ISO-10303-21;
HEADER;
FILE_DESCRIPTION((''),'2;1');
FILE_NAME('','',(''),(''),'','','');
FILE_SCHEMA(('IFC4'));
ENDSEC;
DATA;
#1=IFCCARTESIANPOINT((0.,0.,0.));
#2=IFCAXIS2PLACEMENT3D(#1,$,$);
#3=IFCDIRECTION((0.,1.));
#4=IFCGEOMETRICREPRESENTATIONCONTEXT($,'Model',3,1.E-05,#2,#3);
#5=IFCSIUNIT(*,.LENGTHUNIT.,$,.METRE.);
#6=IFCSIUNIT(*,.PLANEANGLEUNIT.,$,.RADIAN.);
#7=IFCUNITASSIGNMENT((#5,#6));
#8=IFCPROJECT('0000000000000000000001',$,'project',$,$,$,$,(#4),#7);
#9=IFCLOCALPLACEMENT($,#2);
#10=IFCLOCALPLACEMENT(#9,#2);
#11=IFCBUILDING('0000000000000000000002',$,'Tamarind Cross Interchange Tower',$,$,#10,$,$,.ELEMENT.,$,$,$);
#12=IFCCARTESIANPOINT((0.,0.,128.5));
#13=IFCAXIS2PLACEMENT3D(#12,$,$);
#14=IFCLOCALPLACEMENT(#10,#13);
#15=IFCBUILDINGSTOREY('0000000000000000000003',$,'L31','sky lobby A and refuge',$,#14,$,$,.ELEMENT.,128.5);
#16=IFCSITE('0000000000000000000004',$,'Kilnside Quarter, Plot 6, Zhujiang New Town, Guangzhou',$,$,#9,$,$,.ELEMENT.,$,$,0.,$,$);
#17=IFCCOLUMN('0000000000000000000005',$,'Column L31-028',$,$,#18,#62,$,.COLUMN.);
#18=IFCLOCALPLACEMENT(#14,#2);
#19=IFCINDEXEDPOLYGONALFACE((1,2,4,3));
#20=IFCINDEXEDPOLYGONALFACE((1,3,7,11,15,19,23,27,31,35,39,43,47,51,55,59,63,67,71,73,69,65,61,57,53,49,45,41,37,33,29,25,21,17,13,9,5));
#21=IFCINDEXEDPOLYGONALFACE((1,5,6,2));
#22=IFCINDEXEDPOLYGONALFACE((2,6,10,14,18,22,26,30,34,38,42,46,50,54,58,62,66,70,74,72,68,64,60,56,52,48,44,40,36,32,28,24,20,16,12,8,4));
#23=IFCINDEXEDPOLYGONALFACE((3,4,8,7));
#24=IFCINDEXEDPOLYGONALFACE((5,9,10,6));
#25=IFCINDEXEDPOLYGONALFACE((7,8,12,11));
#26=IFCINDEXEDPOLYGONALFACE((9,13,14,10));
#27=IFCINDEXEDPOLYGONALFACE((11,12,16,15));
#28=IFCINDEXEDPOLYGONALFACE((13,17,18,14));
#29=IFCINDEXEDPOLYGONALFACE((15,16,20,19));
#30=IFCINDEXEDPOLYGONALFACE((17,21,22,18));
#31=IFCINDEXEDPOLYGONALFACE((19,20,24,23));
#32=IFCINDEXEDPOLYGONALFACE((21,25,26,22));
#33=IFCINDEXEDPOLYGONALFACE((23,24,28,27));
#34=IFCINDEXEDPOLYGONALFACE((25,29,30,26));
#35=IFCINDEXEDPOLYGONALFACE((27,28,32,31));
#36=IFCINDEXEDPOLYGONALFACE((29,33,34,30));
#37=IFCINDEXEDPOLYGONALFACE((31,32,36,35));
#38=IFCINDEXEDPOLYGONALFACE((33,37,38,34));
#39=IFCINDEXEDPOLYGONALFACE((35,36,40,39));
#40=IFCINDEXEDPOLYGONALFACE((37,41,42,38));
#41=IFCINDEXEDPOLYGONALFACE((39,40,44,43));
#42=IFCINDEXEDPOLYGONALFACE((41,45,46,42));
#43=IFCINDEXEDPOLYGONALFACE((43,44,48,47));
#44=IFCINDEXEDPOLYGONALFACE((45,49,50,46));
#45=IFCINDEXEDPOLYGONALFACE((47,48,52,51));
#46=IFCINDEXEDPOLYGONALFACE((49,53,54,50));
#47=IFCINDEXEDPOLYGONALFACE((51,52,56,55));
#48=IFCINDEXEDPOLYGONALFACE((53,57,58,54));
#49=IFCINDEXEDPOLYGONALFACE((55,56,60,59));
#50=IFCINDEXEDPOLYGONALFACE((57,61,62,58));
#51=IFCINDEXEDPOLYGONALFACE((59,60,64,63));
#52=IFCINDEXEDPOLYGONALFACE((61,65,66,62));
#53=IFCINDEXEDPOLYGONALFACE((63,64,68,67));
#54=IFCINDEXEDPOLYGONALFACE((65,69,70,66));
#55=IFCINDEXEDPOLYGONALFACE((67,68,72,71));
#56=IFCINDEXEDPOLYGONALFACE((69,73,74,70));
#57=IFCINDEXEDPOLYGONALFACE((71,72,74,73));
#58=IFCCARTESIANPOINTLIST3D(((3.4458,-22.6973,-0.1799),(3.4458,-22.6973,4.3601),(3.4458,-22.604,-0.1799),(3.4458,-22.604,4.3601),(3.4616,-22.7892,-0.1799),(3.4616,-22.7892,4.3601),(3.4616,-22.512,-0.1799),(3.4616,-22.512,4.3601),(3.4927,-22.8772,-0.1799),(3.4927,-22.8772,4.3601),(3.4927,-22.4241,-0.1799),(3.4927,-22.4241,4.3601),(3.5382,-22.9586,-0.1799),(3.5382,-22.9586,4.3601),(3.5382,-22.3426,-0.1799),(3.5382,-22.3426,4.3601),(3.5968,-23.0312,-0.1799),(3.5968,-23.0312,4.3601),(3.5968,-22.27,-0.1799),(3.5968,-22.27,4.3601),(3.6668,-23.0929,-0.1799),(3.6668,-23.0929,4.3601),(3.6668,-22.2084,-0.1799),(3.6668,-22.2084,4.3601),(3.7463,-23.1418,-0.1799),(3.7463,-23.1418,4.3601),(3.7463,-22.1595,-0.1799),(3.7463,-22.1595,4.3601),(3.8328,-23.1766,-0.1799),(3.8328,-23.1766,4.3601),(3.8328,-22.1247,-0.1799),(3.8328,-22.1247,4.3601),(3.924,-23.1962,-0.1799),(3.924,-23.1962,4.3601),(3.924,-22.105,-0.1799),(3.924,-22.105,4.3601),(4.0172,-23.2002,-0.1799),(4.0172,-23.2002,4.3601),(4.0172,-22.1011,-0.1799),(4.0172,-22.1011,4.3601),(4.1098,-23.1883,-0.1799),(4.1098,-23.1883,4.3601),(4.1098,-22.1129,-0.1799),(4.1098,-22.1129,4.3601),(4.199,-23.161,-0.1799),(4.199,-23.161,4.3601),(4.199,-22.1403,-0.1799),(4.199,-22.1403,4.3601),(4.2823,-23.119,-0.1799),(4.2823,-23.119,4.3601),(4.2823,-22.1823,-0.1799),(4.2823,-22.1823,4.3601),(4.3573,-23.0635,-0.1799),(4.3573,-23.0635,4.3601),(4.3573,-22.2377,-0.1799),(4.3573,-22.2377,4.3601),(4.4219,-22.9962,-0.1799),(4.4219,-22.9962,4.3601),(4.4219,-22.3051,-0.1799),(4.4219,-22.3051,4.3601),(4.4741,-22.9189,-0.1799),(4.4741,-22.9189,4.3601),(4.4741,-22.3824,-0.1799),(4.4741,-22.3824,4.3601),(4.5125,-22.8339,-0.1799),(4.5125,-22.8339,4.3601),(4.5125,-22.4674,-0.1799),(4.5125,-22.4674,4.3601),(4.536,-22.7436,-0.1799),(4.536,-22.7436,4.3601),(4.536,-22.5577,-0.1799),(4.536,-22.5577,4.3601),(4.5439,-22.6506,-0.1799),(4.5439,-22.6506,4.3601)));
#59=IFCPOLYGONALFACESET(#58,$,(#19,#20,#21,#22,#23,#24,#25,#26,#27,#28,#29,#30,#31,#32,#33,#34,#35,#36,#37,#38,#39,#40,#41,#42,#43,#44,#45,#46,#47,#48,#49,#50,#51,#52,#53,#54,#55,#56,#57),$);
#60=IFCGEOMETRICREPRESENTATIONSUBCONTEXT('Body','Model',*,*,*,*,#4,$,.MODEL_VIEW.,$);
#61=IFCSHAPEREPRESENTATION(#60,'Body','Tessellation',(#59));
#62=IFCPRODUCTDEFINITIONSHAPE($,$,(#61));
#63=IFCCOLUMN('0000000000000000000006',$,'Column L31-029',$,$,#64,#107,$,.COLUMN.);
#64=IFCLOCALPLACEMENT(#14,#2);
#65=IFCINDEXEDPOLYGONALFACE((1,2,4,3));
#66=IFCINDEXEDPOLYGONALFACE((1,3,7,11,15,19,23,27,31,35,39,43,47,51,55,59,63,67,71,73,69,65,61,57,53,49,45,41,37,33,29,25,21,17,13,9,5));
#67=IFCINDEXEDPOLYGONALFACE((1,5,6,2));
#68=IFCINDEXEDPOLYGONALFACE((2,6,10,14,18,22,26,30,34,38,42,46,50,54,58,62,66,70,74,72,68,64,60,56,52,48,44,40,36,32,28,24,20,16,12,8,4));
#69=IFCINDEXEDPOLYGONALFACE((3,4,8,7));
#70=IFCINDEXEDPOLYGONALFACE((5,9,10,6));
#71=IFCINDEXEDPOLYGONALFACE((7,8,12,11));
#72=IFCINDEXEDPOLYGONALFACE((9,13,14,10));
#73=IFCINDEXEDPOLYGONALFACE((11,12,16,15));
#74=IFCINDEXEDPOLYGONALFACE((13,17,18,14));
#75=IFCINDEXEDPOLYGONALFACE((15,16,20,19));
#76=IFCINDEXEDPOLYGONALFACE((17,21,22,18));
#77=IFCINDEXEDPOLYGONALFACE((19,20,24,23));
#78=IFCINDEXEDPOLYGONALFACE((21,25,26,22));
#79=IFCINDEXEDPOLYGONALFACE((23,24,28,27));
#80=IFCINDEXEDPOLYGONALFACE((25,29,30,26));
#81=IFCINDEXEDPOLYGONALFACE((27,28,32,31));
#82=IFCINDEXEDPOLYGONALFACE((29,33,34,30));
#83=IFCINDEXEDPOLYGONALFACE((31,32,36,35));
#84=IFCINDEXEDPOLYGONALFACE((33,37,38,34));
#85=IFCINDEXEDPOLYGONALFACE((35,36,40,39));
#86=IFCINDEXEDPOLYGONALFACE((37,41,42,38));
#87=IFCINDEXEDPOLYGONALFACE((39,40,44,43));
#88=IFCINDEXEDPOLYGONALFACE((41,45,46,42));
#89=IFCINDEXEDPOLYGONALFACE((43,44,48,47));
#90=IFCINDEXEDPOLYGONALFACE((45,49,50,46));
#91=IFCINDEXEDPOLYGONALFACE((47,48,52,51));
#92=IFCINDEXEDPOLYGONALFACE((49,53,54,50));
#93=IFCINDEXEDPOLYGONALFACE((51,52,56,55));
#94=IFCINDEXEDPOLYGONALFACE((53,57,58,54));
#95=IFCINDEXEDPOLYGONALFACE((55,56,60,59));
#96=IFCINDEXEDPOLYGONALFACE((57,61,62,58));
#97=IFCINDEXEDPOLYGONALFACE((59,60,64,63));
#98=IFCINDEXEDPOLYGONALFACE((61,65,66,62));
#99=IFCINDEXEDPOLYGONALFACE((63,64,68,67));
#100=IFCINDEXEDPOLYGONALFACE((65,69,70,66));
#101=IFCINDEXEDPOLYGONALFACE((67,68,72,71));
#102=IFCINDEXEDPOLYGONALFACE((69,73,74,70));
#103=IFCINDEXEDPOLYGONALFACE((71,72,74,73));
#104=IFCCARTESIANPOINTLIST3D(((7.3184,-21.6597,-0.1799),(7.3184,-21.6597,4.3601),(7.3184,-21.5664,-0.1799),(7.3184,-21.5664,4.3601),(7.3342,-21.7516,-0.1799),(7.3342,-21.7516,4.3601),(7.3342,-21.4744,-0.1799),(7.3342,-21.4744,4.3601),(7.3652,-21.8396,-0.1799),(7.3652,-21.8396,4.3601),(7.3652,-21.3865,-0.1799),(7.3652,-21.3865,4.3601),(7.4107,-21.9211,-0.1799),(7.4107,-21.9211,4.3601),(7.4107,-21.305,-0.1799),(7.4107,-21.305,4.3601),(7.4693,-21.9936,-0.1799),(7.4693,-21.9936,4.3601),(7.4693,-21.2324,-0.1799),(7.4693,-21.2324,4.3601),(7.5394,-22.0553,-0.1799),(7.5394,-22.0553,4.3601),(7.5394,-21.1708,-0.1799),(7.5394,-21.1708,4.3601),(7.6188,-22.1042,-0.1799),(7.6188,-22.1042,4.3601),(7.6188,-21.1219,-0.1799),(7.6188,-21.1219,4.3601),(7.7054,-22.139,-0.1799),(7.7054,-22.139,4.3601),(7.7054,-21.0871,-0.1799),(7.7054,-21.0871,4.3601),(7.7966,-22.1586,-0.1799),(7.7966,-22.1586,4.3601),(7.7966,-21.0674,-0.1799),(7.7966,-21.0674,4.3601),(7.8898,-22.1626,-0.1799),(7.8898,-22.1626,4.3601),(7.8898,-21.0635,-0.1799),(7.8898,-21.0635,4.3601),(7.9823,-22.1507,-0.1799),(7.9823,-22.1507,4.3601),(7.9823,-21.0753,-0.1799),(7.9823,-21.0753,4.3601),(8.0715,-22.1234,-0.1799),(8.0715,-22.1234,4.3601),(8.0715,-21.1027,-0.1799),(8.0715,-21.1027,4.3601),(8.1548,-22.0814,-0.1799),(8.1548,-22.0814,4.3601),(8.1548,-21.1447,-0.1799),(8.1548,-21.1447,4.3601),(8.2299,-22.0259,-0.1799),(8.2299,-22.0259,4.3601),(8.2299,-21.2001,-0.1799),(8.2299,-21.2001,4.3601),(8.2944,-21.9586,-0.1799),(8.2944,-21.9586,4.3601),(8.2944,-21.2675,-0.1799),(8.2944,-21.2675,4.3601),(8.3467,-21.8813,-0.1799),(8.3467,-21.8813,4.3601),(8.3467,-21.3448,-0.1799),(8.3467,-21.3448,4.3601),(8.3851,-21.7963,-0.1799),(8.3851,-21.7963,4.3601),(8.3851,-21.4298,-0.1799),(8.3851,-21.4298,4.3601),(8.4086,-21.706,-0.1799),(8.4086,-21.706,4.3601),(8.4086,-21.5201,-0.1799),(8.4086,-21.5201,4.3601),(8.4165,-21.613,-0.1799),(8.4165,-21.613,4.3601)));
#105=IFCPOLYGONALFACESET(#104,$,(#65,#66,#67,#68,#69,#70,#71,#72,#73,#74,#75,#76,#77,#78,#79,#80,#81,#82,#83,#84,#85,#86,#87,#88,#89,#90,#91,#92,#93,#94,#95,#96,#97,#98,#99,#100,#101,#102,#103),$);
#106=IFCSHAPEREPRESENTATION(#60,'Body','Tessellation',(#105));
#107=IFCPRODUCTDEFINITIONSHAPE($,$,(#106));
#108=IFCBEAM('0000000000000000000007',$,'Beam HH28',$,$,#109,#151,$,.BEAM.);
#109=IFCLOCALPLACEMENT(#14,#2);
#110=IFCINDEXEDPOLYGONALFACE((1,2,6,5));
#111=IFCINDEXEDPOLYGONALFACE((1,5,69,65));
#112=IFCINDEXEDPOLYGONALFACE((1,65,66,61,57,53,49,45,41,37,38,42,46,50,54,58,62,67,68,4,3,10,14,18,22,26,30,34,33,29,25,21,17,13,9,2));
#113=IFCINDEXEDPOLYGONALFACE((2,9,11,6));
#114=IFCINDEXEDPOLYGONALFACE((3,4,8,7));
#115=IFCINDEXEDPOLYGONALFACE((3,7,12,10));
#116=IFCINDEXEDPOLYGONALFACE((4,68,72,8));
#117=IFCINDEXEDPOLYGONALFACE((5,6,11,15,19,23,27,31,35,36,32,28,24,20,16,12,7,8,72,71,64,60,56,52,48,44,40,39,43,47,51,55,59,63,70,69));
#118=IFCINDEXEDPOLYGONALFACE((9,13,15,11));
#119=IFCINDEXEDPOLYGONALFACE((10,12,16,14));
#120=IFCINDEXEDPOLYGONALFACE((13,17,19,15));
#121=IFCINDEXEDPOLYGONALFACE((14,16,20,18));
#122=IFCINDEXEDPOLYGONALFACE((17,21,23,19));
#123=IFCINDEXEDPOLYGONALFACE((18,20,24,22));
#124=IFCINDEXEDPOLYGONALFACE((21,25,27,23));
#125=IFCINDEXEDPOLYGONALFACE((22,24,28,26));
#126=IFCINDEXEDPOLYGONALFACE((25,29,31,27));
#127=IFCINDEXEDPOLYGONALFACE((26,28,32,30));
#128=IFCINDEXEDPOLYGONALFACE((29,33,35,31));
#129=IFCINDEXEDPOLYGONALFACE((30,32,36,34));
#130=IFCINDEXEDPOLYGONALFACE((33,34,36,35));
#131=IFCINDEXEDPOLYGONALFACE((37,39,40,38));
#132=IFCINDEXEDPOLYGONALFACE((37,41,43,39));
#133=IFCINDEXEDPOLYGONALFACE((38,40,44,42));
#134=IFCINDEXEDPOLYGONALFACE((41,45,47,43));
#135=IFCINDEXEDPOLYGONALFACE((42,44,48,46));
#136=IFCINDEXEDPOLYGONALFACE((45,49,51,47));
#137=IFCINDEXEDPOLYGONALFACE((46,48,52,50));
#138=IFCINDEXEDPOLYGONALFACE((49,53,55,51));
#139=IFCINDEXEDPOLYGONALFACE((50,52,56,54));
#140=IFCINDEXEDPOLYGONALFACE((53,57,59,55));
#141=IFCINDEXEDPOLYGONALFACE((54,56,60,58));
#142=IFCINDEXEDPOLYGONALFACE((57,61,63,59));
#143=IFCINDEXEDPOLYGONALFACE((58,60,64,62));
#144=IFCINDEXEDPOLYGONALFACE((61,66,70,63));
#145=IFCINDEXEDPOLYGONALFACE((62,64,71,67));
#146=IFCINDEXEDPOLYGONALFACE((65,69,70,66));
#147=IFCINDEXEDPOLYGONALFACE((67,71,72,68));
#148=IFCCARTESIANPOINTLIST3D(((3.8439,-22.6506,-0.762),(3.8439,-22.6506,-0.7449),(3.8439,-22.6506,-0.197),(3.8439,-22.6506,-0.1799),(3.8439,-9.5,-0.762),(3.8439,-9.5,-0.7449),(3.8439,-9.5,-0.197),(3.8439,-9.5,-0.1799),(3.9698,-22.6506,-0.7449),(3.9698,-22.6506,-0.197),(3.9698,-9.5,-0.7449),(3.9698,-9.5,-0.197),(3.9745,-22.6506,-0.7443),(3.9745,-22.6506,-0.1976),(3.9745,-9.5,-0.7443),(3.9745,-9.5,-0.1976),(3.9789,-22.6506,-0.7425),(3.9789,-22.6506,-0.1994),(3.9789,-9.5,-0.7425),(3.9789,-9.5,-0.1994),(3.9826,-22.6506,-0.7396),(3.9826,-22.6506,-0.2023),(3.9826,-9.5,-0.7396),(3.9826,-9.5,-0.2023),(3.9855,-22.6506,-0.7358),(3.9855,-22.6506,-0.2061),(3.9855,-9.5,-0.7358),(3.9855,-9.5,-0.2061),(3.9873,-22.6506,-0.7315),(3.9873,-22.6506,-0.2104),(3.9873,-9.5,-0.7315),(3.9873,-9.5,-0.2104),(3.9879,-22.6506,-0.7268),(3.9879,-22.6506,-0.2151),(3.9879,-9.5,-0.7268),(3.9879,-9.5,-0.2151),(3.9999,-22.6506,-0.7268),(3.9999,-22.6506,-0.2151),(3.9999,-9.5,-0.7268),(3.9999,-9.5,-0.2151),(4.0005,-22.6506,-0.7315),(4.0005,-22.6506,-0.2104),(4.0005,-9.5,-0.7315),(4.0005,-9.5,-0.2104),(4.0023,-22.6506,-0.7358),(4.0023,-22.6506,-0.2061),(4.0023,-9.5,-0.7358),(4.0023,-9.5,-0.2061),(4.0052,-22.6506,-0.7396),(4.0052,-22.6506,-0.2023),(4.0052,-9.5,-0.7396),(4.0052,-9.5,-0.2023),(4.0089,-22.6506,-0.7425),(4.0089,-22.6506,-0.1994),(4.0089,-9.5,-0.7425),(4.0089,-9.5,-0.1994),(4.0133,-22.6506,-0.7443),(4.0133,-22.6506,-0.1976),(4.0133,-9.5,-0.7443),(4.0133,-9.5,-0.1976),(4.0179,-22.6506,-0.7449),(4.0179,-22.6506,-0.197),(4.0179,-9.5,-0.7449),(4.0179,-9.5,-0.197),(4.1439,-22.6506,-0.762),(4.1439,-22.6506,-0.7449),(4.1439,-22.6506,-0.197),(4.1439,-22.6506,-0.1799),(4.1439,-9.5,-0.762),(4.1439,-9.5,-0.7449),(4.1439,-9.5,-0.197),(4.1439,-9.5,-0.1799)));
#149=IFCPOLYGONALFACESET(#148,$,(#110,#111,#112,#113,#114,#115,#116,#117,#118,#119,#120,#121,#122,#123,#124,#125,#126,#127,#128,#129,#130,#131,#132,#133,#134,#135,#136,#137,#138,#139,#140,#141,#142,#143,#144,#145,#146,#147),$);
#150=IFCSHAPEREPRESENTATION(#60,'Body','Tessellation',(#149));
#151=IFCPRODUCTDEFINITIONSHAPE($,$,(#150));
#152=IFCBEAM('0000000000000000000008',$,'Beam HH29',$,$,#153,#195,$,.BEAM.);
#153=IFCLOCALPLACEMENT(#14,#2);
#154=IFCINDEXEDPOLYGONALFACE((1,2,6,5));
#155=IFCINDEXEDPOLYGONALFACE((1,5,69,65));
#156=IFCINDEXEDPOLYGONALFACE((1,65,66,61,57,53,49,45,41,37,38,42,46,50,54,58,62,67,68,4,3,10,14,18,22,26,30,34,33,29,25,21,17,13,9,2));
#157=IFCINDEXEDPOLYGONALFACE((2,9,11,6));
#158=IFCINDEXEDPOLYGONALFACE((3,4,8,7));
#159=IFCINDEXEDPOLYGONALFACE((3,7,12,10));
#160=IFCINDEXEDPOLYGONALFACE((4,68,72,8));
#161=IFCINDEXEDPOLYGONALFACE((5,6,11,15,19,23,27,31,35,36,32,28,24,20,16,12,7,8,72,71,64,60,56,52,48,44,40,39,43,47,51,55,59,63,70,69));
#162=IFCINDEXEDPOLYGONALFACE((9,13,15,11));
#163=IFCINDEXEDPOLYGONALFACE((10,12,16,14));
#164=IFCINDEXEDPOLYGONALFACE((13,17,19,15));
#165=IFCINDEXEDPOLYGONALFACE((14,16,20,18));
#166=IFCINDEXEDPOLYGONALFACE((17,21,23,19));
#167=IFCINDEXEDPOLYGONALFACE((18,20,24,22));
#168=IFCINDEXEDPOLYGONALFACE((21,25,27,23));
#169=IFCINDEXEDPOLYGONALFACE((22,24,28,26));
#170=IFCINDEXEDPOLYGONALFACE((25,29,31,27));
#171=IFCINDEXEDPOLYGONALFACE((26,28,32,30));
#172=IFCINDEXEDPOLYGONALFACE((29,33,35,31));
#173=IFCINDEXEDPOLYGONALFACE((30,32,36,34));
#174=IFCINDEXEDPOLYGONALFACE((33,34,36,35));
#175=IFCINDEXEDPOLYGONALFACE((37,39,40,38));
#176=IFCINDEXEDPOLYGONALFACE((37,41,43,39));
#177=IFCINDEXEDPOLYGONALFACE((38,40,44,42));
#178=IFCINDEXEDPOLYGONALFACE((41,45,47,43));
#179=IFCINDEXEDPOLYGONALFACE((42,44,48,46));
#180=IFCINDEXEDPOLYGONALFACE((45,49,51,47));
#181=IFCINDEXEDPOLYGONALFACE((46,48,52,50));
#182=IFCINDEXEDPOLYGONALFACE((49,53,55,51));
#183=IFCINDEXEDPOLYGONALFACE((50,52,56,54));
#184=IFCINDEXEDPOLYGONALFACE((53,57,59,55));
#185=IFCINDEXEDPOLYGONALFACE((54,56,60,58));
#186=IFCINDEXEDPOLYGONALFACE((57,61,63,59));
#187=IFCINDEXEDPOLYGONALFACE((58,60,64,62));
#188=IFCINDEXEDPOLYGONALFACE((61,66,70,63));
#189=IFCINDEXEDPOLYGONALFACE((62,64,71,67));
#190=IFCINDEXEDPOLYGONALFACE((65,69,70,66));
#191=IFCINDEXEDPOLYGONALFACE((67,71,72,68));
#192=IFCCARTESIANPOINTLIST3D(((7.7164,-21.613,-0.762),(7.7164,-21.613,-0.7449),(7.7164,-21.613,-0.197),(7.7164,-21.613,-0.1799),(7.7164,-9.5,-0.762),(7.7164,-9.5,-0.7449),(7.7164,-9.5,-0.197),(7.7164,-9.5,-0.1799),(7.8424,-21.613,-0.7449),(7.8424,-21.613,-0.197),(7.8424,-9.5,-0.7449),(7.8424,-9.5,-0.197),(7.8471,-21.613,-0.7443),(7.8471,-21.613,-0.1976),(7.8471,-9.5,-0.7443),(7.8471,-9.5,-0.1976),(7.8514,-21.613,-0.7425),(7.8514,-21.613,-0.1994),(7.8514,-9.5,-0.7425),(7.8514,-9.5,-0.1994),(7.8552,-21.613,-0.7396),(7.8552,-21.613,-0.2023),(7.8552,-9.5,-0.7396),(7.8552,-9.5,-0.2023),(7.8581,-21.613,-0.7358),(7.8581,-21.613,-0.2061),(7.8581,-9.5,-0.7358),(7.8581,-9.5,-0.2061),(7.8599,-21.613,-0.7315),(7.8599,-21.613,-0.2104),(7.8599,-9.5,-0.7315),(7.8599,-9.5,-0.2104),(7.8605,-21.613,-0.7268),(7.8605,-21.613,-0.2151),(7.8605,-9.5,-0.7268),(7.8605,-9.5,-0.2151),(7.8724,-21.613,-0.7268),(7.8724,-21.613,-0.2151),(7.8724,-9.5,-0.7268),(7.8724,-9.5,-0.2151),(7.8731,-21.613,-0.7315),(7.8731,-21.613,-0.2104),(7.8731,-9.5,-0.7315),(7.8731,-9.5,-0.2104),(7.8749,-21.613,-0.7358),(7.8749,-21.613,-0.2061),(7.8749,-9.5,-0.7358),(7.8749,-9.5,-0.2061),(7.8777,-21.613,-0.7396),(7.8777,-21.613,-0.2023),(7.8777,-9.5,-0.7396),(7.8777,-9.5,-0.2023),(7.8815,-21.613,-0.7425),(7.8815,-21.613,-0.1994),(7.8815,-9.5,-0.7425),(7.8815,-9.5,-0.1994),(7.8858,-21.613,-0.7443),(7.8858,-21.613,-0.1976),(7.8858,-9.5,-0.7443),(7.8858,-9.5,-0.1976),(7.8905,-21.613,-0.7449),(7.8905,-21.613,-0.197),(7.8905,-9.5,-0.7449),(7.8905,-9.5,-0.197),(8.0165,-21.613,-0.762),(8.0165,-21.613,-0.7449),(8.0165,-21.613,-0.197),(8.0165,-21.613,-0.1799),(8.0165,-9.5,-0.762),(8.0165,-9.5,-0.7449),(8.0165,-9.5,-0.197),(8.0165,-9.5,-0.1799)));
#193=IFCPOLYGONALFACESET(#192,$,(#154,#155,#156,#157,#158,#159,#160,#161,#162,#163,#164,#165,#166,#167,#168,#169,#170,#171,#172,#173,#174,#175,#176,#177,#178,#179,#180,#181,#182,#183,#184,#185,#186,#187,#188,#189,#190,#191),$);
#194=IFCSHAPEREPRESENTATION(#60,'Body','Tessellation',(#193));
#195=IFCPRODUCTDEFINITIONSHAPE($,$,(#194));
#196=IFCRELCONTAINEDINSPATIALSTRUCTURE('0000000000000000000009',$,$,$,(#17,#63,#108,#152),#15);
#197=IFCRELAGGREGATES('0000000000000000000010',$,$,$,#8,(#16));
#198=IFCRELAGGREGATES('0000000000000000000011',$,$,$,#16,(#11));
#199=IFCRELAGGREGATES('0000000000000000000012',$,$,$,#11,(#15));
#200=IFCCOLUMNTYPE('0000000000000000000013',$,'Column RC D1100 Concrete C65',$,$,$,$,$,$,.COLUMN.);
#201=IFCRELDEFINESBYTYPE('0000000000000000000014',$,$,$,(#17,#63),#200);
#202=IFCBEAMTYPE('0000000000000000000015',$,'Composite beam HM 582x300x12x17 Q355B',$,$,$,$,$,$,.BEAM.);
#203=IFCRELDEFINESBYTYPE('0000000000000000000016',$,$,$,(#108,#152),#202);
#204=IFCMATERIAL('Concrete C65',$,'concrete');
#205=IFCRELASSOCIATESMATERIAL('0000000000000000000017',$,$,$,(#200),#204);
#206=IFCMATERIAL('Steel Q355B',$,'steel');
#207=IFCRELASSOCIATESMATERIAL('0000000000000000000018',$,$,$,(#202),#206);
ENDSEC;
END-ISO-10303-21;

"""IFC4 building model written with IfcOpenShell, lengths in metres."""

from ifc_helpers import new_model, si_unit, direction, frame, origin, origin_2d, place, context, subcontext, project, spatial, circle, i_section, extrude, material, material_profile, profile_set, type_object, element, save


model = new_model("IFC4")

# Units and contexts
model_context = context("Model", 3, precision=1e-05, world=origin(), true_north=direction((0.0, 1.0)))
body_context = subcontext(model_context, "Body", "Model", "MODEL_VIEW")
ifc_project = project(units=[si_unit("LENGTHUNIT", "METRE"), si_unit("PLANEANGLEUNIT", "RADIAN")], contexts=[model_context])

# Site, building, storey
site_placement = place(None, origin())
site = spatial("IfcSite", under=ifc_project, at=site_placement, Name="Kilnside Quarter, Plot 6, Zhujiang New Town, Guangzhou", CompositionType="ELEMENT", RefElevation=0.0)
building_placement = place(site_placement, origin())
building = spatial("IfcBuilding", under=site, at=building_placement, Name="Tamarind Cross Interchange Tower", CompositionType="ELEMENT")
storey_placement = place(building_placement, frame((0.0, 0.0, 128.5)))
storey = spatial("IfcBuildingStorey", under=building, at=storey_placement, Name="L31", Description="sky lobby A and refuge", CompositionType="ELEMENT", Elevation=128.5)

# Columns
ifc_material_1 = material(Name="Concrete C65", Category="concrete")
ifc_material_profile_1 = material_profile(ifc_material_1, circle(Radius=0.55, at=origin_2d()), Name="RC D1100")
ifc_profile_set_1 = profile_set([ifc_material_profile_1], Name="Concrete C65")
column_type = type_object("IfcColumnType", Name="Column RC D1100 Concrete C65", PredefinedType="COLUMN", material=ifc_profile_set_1)
for number, where, z_axis, x_axis, name in (
    (1, (3.9939, -22.6506, -0.1799), (0.0, 0.0, 1.0), (1.0, 0.0, 0.0), "Column L31-028"),
    (2, (7.8665, -21.613, -0.1799), (0.0, 0.0, 1.0), (1.0, 0.0, 0.0), "Column L31-029"),
):
    element("IfcColumn", number, at=place(storey_placement, frame(where, z_axis=z_axis, x_axis=x_axis)), inside=storey, type_object=column_type, Name=name, PredefinedType="COLUMN", context=body_context, shape_type="SweptSolid", body=[
        extrude(circle(Radius=0.55, at=origin_2d()), origin(), (0.0, 0.0, 1.0), 4.54),
    ])

# Beams
ifc_material_2 = material(Name="Steel Q355B", Category="steel")
ifc_material_profile_2 = material_profile(ifc_material_2, i_section(OverallWidth=0.3, OverallDepth=0.582, WebThickness=0.012, FlangeThickness=0.0171, FilletRadius=0.0181, at=origin_2d()), Name="HM 582x300x12x17")
ifc_profile_set_2 = profile_set([ifc_material_profile_2], Name="Steel Q355B")
beam_type_1 = type_object("IfcBeamType", Name="Composite beam HM 582x300x12x17 Q355B", PredefinedType="BEAM", material=ifc_profile_set_2)
beam_1_placement = place(storey_placement, frame((3.9939, -22.6506, -0.4709), z_axis=(0.0, 1.0, 0.0), x_axis=(-1.0, 0.0, 0.0)))
element("IfcBeam", 3, at=beam_1_placement, inside=storey, type_object=beam_type_1, Name="Beam HH28", PredefinedType="BEAM", context=body_context, shape_type="SweptSolid", body=[
    extrude(i_section(OverallWidth=0.3, OverallDepth=0.582, WebThickness=0.012, FlangeThickness=0.0171, FilletRadius=0.0181, at=origin_2d()), origin(), (0.0, 0.0, 1.0), 13.1506),
])
beam_2_placement = place(storey_placement, frame((7.8665, -21.613, -0.4709), z_axis=(0.0, 1.0, 0.0), x_axis=(-1.0, 0.0, 0.0)))
element("IfcBeam", 4, at=beam_2_placement, inside=storey, type_object=beam_type_1, Name="Beam HH29", PredefinedType="BEAM", context=body_context, shape_type="SweptSolid", body=[
    extrude(i_section(OverallWidth=0.3, OverallDepth=0.582, WebThickness=0.012, FlangeThickness=0.0171, FilletRadius=0.0181, at=origin_2d()), origin(), (0.0, 0.0, 1.0), 12.113),
])

save(model, "model.ifc")
